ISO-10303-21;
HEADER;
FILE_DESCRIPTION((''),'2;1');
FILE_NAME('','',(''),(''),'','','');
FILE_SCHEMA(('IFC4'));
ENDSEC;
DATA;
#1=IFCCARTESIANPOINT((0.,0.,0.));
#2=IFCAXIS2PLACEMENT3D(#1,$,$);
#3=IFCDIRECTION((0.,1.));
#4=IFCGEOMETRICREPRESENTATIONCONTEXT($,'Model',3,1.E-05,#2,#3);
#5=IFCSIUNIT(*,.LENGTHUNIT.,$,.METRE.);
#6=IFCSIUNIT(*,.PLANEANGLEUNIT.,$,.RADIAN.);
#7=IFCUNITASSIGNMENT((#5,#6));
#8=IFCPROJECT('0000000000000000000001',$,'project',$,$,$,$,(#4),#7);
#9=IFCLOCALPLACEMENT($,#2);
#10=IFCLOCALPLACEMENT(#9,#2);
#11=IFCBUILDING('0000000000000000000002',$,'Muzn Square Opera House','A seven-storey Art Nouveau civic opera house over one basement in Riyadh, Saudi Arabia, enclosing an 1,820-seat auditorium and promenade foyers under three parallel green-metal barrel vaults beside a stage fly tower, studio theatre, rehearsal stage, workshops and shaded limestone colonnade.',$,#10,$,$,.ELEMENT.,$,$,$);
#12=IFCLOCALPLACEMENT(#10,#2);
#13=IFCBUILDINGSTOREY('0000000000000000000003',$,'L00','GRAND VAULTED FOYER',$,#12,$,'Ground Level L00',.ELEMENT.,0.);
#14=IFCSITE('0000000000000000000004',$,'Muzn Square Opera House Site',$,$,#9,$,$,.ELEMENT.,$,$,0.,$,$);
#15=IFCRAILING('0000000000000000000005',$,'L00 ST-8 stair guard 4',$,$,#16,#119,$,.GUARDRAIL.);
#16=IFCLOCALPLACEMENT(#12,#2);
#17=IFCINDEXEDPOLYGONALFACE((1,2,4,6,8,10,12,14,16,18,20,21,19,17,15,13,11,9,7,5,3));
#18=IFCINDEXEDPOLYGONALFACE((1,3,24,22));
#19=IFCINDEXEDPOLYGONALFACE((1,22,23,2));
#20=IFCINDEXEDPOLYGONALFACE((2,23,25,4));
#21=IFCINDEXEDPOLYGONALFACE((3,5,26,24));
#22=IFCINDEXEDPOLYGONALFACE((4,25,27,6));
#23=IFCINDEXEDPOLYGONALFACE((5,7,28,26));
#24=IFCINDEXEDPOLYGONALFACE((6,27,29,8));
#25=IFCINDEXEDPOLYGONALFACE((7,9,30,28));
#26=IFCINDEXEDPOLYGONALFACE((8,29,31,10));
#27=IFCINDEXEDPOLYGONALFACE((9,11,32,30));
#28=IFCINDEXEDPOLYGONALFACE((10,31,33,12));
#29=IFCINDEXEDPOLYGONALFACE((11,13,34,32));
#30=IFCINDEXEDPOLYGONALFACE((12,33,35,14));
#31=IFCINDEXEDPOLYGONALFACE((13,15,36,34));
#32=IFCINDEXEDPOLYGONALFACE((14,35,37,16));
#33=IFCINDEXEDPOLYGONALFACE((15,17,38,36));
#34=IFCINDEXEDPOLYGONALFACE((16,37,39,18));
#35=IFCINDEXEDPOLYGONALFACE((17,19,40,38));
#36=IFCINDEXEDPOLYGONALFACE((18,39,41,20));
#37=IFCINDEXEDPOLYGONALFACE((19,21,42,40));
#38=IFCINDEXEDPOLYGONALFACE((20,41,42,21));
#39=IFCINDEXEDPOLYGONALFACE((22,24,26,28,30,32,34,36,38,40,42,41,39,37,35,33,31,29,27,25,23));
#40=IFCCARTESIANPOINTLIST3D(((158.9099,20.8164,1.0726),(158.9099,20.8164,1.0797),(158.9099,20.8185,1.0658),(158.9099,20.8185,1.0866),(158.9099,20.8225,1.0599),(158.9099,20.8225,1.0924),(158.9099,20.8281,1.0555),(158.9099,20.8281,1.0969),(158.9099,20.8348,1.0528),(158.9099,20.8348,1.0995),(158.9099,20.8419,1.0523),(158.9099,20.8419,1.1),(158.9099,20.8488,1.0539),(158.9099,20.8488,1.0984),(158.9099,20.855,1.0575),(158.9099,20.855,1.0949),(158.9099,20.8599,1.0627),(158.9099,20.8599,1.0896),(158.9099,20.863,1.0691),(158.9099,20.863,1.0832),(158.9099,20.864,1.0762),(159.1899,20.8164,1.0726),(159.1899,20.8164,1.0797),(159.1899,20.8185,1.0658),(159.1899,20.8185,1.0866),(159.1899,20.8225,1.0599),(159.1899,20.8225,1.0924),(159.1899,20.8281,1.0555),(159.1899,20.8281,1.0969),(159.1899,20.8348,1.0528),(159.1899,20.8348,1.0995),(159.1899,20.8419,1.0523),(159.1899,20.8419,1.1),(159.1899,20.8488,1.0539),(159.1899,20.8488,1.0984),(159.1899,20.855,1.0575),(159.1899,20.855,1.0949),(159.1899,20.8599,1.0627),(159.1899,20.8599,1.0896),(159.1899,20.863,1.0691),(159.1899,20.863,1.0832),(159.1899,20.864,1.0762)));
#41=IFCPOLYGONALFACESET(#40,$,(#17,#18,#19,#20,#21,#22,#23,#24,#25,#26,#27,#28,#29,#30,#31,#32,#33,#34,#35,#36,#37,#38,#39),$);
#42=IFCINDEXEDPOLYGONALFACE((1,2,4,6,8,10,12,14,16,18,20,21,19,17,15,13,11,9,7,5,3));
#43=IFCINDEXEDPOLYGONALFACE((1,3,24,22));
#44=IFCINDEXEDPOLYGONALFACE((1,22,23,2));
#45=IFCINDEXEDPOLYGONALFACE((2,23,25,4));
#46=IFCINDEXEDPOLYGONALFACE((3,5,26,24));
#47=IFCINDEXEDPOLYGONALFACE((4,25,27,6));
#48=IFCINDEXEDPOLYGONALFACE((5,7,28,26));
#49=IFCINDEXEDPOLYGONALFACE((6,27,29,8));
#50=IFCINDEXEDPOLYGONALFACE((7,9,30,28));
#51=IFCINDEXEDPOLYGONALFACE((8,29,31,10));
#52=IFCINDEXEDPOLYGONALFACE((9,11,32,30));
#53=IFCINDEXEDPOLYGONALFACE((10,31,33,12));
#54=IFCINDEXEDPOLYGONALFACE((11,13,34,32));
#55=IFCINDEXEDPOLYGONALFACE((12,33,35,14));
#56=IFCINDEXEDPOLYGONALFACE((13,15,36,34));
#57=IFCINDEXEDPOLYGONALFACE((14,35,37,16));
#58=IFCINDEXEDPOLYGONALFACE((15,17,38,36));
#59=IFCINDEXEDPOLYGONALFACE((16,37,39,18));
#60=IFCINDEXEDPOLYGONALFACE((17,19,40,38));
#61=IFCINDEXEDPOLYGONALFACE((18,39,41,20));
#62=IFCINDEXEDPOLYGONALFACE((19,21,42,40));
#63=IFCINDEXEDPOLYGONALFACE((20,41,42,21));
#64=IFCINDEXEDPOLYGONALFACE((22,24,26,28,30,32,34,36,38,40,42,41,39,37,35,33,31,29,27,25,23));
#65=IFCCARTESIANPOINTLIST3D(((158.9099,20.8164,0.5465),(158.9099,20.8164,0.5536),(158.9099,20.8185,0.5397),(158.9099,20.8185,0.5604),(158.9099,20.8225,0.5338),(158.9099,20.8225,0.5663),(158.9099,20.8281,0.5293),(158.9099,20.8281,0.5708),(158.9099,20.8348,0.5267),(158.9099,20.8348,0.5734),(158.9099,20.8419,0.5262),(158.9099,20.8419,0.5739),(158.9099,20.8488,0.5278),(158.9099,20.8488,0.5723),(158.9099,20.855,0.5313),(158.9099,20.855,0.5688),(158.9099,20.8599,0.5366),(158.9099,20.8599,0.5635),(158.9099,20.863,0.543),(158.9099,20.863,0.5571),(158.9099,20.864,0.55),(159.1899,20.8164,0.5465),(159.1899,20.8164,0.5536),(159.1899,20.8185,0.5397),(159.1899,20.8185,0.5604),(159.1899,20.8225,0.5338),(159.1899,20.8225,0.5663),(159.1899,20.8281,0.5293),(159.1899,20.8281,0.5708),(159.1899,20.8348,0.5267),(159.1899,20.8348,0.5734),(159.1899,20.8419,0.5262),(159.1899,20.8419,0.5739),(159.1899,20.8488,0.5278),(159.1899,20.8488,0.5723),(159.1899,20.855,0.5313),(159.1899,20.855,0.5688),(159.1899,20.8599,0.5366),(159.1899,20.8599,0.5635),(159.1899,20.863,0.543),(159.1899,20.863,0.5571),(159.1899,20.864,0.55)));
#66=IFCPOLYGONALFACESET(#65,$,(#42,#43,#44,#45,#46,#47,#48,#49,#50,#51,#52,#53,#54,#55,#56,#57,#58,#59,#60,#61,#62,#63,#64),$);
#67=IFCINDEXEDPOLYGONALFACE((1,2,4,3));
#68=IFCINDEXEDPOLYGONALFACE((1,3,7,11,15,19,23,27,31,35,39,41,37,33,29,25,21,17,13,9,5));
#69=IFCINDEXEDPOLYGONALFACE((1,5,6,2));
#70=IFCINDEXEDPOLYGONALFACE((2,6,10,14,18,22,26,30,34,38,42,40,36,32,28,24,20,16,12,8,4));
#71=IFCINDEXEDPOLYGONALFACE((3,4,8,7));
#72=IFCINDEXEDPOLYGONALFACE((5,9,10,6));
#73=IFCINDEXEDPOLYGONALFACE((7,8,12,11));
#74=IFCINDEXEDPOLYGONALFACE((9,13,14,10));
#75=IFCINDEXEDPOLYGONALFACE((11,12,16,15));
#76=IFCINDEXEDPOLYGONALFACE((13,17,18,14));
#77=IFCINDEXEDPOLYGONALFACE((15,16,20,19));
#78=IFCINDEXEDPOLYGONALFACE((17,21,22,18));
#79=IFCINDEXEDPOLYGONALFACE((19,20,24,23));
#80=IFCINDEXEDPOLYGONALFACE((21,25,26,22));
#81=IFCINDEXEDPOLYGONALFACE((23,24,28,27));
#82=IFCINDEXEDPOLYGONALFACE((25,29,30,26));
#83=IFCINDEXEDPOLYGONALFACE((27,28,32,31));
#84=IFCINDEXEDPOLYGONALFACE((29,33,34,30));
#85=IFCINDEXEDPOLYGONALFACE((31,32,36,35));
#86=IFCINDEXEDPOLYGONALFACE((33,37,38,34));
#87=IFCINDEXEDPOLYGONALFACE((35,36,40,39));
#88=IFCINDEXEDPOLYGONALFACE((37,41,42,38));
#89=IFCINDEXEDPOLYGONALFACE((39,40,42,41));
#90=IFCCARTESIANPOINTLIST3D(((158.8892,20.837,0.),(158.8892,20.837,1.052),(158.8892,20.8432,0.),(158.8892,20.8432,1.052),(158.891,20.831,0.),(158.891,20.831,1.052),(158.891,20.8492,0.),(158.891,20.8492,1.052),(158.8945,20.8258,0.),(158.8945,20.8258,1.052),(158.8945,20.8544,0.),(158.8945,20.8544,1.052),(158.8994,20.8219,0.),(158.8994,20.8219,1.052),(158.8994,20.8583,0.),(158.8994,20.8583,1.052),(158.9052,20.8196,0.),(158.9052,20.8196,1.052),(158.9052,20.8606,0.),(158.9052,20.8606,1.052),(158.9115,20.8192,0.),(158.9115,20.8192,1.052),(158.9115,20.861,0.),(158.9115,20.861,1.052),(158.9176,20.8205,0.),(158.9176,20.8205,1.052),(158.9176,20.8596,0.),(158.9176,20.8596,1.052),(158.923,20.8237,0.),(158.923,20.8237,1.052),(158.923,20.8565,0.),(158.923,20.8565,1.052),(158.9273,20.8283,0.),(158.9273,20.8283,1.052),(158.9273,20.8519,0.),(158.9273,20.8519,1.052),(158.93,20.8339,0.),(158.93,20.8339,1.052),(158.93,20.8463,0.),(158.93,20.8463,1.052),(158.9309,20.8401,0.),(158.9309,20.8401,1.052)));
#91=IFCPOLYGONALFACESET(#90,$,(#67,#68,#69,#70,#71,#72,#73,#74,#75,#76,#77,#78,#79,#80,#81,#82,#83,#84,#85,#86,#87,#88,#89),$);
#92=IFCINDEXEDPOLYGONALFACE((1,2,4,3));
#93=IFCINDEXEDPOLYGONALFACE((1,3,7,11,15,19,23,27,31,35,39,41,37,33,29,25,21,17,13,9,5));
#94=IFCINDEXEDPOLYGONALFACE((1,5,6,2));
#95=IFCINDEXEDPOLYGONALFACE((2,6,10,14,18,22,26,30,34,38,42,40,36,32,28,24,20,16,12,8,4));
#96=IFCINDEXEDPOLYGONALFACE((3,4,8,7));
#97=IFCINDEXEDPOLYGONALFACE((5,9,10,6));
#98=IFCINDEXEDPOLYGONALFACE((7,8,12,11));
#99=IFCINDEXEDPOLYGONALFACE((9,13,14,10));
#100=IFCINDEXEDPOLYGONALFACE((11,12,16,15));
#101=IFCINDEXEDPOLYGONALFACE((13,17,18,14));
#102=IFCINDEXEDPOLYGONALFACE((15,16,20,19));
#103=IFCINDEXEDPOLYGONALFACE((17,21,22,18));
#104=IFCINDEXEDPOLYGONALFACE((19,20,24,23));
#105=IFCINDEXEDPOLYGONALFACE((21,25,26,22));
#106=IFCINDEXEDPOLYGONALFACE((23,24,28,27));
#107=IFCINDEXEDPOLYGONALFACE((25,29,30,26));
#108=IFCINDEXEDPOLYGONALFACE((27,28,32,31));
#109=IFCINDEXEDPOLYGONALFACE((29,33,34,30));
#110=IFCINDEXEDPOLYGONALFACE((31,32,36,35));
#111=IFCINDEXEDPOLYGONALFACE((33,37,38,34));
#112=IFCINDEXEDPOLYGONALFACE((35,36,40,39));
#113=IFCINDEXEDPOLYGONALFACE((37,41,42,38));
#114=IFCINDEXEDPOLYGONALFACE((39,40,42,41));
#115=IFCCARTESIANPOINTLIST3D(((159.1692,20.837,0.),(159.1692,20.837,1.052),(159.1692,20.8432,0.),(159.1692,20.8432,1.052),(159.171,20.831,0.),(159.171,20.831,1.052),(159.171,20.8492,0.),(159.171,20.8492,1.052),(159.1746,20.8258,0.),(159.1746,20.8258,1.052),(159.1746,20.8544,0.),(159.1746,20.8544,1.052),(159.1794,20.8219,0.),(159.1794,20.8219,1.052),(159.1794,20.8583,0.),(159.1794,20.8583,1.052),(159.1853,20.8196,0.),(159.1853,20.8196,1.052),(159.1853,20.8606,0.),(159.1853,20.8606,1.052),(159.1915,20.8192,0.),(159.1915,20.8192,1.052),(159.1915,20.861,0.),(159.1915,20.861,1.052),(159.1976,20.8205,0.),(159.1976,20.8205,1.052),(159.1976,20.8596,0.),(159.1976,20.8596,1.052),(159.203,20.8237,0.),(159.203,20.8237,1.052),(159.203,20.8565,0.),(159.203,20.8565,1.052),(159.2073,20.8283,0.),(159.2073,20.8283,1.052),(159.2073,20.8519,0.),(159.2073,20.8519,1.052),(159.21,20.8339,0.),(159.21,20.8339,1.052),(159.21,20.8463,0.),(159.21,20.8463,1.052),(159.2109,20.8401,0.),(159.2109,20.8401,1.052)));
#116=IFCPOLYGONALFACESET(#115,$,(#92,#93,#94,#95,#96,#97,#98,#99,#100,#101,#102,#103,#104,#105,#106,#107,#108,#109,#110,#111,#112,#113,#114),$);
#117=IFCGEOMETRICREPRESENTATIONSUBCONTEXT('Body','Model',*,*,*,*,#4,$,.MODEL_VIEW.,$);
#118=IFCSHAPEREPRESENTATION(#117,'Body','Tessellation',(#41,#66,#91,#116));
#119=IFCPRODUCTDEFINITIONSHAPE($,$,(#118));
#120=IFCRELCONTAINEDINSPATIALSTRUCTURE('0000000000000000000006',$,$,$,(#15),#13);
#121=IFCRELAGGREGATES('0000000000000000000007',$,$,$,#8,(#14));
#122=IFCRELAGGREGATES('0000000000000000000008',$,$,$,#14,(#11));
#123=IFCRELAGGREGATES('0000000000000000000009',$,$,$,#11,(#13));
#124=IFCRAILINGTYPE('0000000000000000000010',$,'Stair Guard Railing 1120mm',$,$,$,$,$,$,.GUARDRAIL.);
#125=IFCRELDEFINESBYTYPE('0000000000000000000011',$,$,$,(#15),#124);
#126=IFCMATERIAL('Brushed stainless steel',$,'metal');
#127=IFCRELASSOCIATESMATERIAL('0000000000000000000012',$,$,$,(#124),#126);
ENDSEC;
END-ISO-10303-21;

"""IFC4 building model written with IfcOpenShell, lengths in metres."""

from ifc_helpers import new_model, si_unit, direction, frame, origin, origin_2d, place, context, subcontext, project, spatial, circle, extrude, material, type_object, element, save


model = new_model("IFC4")

# Units and contexts
model_context = context("Model", 3, precision=1e-05, world=origin(), true_north=direction((0.0, 1.0)))
body_context = subcontext(model_context, "Body", "Model", "MODEL_VIEW")
ifc_project = project(units=[si_unit("LENGTHUNIT", "METRE"), si_unit("PLANEANGLEUNIT", "RADIAN")], contexts=[model_context])

# Site, building, storey
site_placement = place(None, origin())
site = spatial("IfcSite", under=ifc_project, at=site_placement, Name="Muzn Square Opera House Site", CompositionType="ELEMENT", RefElevation=0.0)
building_placement = place(site_placement, origin())
building = spatial("IfcBuilding", under=site, at=building_placement, Name="Muzn Square Opera House", Description="A seven-storey Art Nouveau civic opera house over one basement in Riyadh, Saudi Arabia, enclosing an 1,820-seat auditorium and promenade foyers under three parallel green-metal barrel vaults beside a stage fly tower, studio theatre, rehearsal stage, workshops and shaded limestone colonnade.", CompositionType="ELEMENT")
storey_placement = place(building_placement, origin())
storey = spatial("IfcBuildingStorey", under=building, at=storey_placement, Name="L00", Description="GRAND VAULTED FOYER", LongName="Ground Level L00", CompositionType="ELEMENT", Elevation=0.0)

# Railing
ifc_material_1 = material(Name="Brushed stainless steel", Category="metal")
railing_type_1 = type_object("IfcRailingType", Name="Stair Guard Railing 1120mm", PredefinedType="GUARDRAIL", material=ifc_material_1)
railing_1_placement = place(storey_placement, frame((158.9099, 20.8401, 0.0)))
element("IfcRailing", 1, at=railing_1_placement, inside=storey, type_object=railing_type_1, Name="L00 ST-8 stair guard 4", PredefinedType="GUARDRAIL", context=body_context, shape_type="SweptSolid", body=[
    extrude(circle(Radius=0.0239, at=origin_2d()), frame((0.0, 0.0, 1.0762), z_axis=(1.0, 0.0, 0.0), x_axis=(0.0, 1.0, 0.0)), (0.0, 0.0, 1.0), 0.28),
    extrude(circle(Radius=0.0239, at=origin_2d()), frame((0.0, 0.0, 0.55), z_axis=(1.0, 0.0, 0.0), x_axis=(0.0, 1.0, 0.0)), (0.0, 0.0, 1.0), 0.28),
    extrude(circle(Radius=0.021, at=origin_2d()), origin(), (0.0, 0.0, 1.0), 1.052),
    extrude(circle(Radius=0.021, at=origin_2d()), frame((0.28, 0.0, 0.0)), (0.0, 0.0, 1.0), 1.052),
])

save(model, "model.ifc")
